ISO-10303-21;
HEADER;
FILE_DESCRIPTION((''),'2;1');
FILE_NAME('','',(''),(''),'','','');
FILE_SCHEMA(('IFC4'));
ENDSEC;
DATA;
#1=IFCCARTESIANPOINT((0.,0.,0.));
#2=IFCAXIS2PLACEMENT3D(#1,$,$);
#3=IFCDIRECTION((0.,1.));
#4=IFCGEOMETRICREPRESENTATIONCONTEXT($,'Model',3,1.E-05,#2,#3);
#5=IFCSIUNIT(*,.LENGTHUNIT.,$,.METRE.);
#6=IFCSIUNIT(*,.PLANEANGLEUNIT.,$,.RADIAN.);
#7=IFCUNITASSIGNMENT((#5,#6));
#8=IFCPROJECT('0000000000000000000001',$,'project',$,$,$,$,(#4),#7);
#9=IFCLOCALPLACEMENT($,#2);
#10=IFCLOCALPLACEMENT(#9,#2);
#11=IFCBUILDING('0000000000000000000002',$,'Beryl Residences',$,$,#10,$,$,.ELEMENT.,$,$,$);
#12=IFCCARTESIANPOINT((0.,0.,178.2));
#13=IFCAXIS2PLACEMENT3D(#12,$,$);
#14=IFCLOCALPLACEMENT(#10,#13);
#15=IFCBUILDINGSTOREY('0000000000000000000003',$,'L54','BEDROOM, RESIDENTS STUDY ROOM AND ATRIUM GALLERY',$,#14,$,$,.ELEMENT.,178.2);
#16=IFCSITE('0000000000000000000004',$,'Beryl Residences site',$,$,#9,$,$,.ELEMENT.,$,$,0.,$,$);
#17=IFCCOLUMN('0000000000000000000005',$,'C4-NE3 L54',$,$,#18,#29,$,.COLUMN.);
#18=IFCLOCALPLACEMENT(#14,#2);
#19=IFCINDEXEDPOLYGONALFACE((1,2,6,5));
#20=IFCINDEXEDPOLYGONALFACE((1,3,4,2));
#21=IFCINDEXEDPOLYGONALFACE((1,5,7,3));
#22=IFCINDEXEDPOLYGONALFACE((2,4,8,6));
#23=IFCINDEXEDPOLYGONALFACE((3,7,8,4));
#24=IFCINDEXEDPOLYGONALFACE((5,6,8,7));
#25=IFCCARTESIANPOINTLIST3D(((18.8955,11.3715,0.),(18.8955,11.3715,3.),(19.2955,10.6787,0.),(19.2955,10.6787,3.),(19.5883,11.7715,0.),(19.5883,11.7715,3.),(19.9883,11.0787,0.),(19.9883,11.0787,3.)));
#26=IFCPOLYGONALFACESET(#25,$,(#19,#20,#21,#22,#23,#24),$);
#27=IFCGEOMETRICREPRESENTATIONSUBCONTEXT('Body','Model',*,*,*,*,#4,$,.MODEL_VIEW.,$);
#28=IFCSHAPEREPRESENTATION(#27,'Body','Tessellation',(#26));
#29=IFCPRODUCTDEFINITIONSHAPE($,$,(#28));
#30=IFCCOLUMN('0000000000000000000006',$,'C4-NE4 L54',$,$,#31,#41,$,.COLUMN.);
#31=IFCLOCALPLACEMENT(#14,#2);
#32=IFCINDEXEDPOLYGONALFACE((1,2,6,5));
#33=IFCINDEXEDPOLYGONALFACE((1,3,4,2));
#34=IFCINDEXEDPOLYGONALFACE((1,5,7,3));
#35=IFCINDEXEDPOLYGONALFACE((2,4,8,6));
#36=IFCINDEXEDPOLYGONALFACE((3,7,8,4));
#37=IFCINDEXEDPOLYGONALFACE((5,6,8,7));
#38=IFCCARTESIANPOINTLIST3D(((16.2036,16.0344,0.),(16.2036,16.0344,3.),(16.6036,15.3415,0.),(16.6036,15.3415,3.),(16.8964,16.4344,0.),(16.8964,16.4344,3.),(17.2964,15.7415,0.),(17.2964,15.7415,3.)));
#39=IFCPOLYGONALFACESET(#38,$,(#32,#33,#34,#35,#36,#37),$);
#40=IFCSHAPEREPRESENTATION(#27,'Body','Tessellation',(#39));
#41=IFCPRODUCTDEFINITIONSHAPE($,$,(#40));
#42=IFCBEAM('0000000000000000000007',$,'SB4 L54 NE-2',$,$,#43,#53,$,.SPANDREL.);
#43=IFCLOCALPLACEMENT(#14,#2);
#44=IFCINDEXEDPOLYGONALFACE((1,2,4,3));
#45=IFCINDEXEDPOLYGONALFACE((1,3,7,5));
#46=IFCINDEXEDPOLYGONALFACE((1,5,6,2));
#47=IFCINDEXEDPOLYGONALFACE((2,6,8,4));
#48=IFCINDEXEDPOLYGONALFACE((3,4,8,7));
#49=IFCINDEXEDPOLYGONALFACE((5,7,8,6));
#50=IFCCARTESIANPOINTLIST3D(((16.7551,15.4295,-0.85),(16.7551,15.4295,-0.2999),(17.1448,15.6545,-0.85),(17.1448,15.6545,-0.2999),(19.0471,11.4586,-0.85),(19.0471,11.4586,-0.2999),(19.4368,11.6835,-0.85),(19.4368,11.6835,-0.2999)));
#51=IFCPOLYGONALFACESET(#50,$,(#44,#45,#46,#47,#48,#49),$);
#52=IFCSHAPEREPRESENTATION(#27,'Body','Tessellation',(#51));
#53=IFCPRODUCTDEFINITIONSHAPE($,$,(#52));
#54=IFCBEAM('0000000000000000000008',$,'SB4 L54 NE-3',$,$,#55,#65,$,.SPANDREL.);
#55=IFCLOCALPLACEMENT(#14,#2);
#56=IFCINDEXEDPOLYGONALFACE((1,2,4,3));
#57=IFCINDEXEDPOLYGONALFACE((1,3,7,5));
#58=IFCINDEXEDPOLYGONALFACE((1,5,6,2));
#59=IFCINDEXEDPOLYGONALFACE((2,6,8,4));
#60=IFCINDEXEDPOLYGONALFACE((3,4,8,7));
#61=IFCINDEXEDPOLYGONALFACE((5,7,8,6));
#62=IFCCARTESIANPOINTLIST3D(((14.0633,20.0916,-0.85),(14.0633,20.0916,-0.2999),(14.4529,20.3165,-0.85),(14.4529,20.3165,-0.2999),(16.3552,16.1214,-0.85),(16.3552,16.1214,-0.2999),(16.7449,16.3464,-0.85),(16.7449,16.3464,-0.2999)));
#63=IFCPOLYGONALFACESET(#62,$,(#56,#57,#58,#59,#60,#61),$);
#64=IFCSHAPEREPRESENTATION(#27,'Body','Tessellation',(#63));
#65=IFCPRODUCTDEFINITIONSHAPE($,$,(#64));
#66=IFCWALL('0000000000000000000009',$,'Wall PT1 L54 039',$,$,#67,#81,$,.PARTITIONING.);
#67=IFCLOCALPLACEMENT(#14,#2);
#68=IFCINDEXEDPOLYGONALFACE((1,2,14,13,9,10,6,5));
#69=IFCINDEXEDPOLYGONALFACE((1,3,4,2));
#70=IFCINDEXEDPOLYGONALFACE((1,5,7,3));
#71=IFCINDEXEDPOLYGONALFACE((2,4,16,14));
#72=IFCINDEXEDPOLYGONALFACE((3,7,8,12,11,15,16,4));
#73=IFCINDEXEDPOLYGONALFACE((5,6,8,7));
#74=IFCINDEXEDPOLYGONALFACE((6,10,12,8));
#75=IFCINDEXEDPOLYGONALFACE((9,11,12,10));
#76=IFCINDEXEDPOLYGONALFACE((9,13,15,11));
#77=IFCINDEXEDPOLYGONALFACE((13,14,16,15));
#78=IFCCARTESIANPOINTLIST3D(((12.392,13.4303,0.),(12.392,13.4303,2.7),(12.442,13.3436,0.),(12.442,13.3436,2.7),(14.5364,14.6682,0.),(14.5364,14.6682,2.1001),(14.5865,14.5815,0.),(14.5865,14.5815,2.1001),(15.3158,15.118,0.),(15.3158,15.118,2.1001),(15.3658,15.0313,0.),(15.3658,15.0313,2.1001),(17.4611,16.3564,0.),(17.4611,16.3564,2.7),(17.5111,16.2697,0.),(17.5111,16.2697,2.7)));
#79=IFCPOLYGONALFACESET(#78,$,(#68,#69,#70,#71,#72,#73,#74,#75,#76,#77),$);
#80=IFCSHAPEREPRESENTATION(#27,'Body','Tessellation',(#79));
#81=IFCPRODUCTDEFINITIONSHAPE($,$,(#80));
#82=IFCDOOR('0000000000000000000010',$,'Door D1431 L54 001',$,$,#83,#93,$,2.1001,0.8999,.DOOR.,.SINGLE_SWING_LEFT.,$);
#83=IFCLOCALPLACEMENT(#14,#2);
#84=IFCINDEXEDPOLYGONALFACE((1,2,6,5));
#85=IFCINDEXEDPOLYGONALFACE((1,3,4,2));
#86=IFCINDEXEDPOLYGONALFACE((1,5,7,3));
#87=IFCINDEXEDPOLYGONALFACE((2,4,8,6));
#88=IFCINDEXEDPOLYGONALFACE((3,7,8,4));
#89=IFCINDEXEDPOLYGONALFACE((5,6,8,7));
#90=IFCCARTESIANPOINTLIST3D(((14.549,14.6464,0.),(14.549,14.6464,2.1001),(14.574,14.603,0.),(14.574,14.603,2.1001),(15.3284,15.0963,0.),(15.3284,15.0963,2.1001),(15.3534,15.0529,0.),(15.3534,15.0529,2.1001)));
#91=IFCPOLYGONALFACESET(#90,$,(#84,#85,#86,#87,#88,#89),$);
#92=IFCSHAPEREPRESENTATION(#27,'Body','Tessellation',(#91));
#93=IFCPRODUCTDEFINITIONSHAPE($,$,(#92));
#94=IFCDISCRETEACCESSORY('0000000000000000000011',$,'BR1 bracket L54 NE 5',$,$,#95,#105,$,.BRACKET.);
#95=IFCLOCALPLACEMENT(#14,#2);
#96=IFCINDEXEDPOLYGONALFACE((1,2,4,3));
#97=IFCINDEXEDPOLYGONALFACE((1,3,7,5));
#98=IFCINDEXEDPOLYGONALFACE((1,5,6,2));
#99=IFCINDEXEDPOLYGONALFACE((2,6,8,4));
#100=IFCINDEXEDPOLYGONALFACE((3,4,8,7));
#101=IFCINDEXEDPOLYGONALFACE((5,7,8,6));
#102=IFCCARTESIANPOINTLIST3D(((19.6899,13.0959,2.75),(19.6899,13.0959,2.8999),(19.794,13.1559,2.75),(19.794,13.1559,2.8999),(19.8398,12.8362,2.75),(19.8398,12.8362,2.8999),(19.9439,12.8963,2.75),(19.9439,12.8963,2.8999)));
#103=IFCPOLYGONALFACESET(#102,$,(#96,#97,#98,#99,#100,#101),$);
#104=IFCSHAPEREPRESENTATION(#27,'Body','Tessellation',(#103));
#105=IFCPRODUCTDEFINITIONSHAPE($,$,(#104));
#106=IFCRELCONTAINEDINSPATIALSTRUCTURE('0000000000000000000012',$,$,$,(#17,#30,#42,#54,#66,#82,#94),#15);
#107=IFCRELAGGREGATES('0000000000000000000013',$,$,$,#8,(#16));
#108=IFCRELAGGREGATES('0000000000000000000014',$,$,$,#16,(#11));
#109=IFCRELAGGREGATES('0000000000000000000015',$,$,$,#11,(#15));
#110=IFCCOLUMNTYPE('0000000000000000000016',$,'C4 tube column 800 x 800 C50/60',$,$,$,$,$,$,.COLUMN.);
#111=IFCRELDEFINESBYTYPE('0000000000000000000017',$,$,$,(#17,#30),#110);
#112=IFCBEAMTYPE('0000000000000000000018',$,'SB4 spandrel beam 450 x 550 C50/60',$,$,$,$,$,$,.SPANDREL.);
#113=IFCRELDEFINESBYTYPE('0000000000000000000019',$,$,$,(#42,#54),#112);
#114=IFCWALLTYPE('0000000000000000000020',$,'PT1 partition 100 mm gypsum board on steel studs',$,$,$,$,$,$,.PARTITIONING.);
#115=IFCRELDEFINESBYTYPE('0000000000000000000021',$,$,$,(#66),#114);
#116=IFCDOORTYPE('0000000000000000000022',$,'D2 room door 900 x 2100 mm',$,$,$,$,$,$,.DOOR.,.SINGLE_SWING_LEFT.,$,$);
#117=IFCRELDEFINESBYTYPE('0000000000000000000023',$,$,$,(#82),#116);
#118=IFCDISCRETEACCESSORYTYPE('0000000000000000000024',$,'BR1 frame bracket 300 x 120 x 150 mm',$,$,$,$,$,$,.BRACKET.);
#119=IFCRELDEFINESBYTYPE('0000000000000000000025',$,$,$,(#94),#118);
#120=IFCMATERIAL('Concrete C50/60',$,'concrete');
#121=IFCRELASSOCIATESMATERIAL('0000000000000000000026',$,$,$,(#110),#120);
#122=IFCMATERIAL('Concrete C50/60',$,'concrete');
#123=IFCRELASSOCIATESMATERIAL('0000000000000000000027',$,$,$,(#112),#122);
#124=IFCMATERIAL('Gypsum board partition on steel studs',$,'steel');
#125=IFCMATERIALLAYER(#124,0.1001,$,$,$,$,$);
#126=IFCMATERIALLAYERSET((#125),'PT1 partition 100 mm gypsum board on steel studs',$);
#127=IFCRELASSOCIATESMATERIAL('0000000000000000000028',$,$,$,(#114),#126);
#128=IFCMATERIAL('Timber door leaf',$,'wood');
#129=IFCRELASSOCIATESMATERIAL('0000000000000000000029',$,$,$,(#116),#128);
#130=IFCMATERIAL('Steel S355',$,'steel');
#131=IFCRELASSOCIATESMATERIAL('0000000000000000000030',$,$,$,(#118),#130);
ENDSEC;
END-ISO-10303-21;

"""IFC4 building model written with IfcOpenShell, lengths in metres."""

from ifc_helpers import new_model, si_unit, direction, frame, frame_2d, origin, origin_2d, place, context, subcontext, project, spatial, polyline, rectangle, outline, extrude, source, transform, mapped, material, layer, layer_set, material_profile, profile_set, type_object, type_shapes, element, fill, save


model = new_model("IFC4")

# Units and contexts
model_context = context("Model", 3, precision=1e-05, world=origin(), true_north=direction((0.0, 1.0)))
body_context = subcontext(model_context, "Body", "Model", "MODEL_VIEW")
ifc_project = project(units=[si_unit("LENGTHUNIT", "METRE"), si_unit("PLANEANGLEUNIT", "RADIAN")], contexts=[model_context])

# Site, building, storey
site_placement = place(None, origin())
site = spatial("IfcSite", under=ifc_project, at=site_placement, Name="Beryl Residences site", CompositionType="ELEMENT", RefElevation=0.0)
building_placement = place(site_placement, origin())
building = spatial("IfcBuilding", under=site, at=building_placement, Name="Beryl Residences", CompositionType="ELEMENT")
storey_placement = place(building_placement, frame((0.0, 0.0, 178.2)))
storey = spatial("IfcBuildingStorey", under=building, at=storey_placement, Name="L54", Description="BEDROOM, RESIDENTS STUDY ROOM AND ATRIUM GALLERY", CompositionType="ELEMENT", Elevation=178.2)

# Columns
ifc_material_1 = material(Name="Concrete C50/60", Category="concrete")
ifc_material_profile_1 = material_profile(ifc_material_1, rectangle(XDim=0.8, YDim=0.8, at=origin_2d()))
ifc_profile_set_1 = profile_set([ifc_material_profile_1], Name="Concrete C50/60")
column_type = type_object("IfcColumnType", Name="C4 tube column 800 x 800 C50/60", PredefinedType="COLUMN", material=ifc_profile_set_1)
for number, where, z_axis, x_axis, name in (
    (1, (19.4419, 11.2251, 0.0), (0.0, 0.0, 1.0), (-0.5, 0.866025, 0.0), "C4-NE3 L54"),
    (2, (16.75, 15.8879, 0.0), (0.0, 0.0, 1.0), (-0.5, 0.866025, 0.0), "C4-NE4 L54"),
):
    element("IfcColumn", number, at=place(storey_placement, frame(where, z_axis=z_axis, x_axis=x_axis)), inside=storey, type_object=column_type, Name=name, PredefinedType="COLUMN", context=body_context, shape_type="SweptSolid", body=[
        extrude(rectangle(XDim=0.8, YDim=0.8, at=origin_2d()), origin(), (0.0, 0.0, 1.0), 3.0),
    ])

# Beams
ifc_material_2 = material(Name="Concrete C50/60", Category="concrete")
ifc_material_profile_2 = material_profile(ifc_material_2, rectangle(XDim=0.45, YDim=0.55, at=origin_2d()))
ifc_profile_set_2 = profile_set([ifc_material_profile_2], Name="Concrete C50/60")
beam_type = type_object("IfcBeamType", Name="SB4 spandrel beam 450 x 550 C50/60", PredefinedType="SPANDREL", material=ifc_profile_set_2)
beam_1_placement = place(storey_placement, frame((19.2419, 11.571, -0.575), z_axis=(-0.499896, 0.866085, 0.0), x_axis=(-0.866085, -0.499896, 0.0)))
element("IfcBeam", 3, at=beam_1_placement, inside=storey, type_object=beam_type, Name="SB4 L54 NE-2", PredefinedType="SPANDREL", context=body_context, shape_type="SweptSolid", body=[
    extrude(rectangle(XDim=0.45, YDim=0.55, at=origin_2d()), origin(), (0.0, 0.0, 1.0), 4.585),
])
beam_2_placement = place(storey_placement, frame((16.55, 16.2339, -0.575), z_axis=(-0.499965, 0.866045, 0.0), x_axis=(-0.866045, -0.499965, 0.0)))
element("IfcBeam", 4, at=beam_2_placement, inside=storey, type_object=beam_type, Name="SB4 L54 NE-3", PredefinedType="SPANDREL", context=body_context, shape_type="SweptSolid", body=[
    extrude(rectangle(XDim=0.45, YDim=0.55, at=origin_2d()), origin(), (0.0, 0.0, 1.0), 4.5842),
])

# Wall, opening, door
ifc_material_3 = material(Name="Gypsum board partition on steel studs", Category="steel")
ifc_layer = layer(ifc_material_3, 0.1001)
ifc_layer_set = layer_set([ifc_layer], Name="PT1 partition 100 mm gypsum board on steel studs")
wall_type = type_object("IfcWallType", Name="PT1 partition 100 mm gypsum board on steel studs", PredefinedType="PARTITIONING", material=ifc_layer_set)
wall_placement = place(storey_placement, frame((12.417, 13.387, 0.0), z_axis=(0.0, 0.0, 1.0), x_axis=(0.866071, 0.499921, 0.0)))
wall = element("IfcWall", 5, at=wall_placement, inside=storey, type_object=wall_type, Name="Wall PT1 L54 039", PredefinedType="PARTITIONING", context=body_context, shape_type="SweptSolid", body=[
    extrude(rectangle(XDim=5.853, YDim=0.1001, at=frame_2d((2.9265, 0.0))), origin(), (0.0, 0.0, 1.0), 2.7),
])
opening_placement = place(wall_placement, frame((2.4761, 0.0, 0.0)))
opening = element("IfcOpeningElement", 6, at=opening_placement, cuts=wall, PredefinedType="OPENING", context=body_context, shape_type="SweptSolid", body=[
    extrude(rectangle(XDim=0.8999, YDim=2.1001, at=frame_2d((0.45, 1.05))), frame((0.0, 0.0601, 0.0), z_axis=(0.0, -1.0, 0.0), x_axis=(1.0, 0.0, 0.0)), (0.0, 0.0, 1.0), 0.1201),
])
ifc_material_4 = material(Name="Timber door leaf", Category="wood")
door_type = type_object("IfcDoorType", Name="D2 room door 900 x 2100 mm", OperationType="SINGLE_SWING_LEFT", PredefinedType="DOOR", material=ifc_material_4)
door_placement = place(opening_placement, origin())
door = element("IfcDoor", 7, at=door_placement, inside=storey, type_object=door_type, Name="Door D1431 L54 001", OperationType="SINGLE_SWING_LEFT", OverallHeight=2.1001, OverallWidth=0.8999, PredefinedType="DOOR", context=body_context, shape_type="SweptSolid", body=[
    extrude(rectangle(XDim=0.8999, YDim=2.1001, at=frame_2d((0.45, 1.05))), frame((0.0, 0.0249, 0.0), z_axis=(0.0, -1.0, 0.0), x_axis=(1.0, 0.0, 0.0)), (0.0, 0.0, 1.0), 0.05),
])
fill(opening, door)

# Discrete accessory
ifc_material_5 = material(Name="Steel S355", Category="steel")
discrete_accessory_type = type_object("IfcDiscreteAccessoryType", Name="BR1 frame bracket 300 x 120 x 150 mm", PredefinedType="BRACKET", material=ifc_material_5)
shared_shape_1 = source(origin(), body_context, "Body", "SweptSolid", [
    extrude(outline(polyline([(-0.1499, 0.0), (0.1499, 0.0), (0.1499, 0.1201), (-0.1499, 0.1201), (-0.1499, 0.0)])), origin(), (0.0, 0.0, 1.0), 0.1499),
])
type_shapes(discrete_accessory_type, [shared_shape_1])
discrete_accessory_placement = place(storey_placement, frame((19.7649, 12.9661, 2.75), z_axis=(0.0, 0.0, 1.0), x_axis=(0.5, -0.866025, 0.0)))
element("IfcDiscreteAccessory", 8, at=discrete_accessory_placement, inside=storey, type_object=discrete_accessory_type, Name="BR1 bracket L54 NE 5", PredefinedType="BRACKET", context=body_context, shape_type="MappedRepresentation", body=[
    mapped(shared_shape_1, transform((0.0, 0.0, 0.0))),
])

save(model, "model.ifc")
